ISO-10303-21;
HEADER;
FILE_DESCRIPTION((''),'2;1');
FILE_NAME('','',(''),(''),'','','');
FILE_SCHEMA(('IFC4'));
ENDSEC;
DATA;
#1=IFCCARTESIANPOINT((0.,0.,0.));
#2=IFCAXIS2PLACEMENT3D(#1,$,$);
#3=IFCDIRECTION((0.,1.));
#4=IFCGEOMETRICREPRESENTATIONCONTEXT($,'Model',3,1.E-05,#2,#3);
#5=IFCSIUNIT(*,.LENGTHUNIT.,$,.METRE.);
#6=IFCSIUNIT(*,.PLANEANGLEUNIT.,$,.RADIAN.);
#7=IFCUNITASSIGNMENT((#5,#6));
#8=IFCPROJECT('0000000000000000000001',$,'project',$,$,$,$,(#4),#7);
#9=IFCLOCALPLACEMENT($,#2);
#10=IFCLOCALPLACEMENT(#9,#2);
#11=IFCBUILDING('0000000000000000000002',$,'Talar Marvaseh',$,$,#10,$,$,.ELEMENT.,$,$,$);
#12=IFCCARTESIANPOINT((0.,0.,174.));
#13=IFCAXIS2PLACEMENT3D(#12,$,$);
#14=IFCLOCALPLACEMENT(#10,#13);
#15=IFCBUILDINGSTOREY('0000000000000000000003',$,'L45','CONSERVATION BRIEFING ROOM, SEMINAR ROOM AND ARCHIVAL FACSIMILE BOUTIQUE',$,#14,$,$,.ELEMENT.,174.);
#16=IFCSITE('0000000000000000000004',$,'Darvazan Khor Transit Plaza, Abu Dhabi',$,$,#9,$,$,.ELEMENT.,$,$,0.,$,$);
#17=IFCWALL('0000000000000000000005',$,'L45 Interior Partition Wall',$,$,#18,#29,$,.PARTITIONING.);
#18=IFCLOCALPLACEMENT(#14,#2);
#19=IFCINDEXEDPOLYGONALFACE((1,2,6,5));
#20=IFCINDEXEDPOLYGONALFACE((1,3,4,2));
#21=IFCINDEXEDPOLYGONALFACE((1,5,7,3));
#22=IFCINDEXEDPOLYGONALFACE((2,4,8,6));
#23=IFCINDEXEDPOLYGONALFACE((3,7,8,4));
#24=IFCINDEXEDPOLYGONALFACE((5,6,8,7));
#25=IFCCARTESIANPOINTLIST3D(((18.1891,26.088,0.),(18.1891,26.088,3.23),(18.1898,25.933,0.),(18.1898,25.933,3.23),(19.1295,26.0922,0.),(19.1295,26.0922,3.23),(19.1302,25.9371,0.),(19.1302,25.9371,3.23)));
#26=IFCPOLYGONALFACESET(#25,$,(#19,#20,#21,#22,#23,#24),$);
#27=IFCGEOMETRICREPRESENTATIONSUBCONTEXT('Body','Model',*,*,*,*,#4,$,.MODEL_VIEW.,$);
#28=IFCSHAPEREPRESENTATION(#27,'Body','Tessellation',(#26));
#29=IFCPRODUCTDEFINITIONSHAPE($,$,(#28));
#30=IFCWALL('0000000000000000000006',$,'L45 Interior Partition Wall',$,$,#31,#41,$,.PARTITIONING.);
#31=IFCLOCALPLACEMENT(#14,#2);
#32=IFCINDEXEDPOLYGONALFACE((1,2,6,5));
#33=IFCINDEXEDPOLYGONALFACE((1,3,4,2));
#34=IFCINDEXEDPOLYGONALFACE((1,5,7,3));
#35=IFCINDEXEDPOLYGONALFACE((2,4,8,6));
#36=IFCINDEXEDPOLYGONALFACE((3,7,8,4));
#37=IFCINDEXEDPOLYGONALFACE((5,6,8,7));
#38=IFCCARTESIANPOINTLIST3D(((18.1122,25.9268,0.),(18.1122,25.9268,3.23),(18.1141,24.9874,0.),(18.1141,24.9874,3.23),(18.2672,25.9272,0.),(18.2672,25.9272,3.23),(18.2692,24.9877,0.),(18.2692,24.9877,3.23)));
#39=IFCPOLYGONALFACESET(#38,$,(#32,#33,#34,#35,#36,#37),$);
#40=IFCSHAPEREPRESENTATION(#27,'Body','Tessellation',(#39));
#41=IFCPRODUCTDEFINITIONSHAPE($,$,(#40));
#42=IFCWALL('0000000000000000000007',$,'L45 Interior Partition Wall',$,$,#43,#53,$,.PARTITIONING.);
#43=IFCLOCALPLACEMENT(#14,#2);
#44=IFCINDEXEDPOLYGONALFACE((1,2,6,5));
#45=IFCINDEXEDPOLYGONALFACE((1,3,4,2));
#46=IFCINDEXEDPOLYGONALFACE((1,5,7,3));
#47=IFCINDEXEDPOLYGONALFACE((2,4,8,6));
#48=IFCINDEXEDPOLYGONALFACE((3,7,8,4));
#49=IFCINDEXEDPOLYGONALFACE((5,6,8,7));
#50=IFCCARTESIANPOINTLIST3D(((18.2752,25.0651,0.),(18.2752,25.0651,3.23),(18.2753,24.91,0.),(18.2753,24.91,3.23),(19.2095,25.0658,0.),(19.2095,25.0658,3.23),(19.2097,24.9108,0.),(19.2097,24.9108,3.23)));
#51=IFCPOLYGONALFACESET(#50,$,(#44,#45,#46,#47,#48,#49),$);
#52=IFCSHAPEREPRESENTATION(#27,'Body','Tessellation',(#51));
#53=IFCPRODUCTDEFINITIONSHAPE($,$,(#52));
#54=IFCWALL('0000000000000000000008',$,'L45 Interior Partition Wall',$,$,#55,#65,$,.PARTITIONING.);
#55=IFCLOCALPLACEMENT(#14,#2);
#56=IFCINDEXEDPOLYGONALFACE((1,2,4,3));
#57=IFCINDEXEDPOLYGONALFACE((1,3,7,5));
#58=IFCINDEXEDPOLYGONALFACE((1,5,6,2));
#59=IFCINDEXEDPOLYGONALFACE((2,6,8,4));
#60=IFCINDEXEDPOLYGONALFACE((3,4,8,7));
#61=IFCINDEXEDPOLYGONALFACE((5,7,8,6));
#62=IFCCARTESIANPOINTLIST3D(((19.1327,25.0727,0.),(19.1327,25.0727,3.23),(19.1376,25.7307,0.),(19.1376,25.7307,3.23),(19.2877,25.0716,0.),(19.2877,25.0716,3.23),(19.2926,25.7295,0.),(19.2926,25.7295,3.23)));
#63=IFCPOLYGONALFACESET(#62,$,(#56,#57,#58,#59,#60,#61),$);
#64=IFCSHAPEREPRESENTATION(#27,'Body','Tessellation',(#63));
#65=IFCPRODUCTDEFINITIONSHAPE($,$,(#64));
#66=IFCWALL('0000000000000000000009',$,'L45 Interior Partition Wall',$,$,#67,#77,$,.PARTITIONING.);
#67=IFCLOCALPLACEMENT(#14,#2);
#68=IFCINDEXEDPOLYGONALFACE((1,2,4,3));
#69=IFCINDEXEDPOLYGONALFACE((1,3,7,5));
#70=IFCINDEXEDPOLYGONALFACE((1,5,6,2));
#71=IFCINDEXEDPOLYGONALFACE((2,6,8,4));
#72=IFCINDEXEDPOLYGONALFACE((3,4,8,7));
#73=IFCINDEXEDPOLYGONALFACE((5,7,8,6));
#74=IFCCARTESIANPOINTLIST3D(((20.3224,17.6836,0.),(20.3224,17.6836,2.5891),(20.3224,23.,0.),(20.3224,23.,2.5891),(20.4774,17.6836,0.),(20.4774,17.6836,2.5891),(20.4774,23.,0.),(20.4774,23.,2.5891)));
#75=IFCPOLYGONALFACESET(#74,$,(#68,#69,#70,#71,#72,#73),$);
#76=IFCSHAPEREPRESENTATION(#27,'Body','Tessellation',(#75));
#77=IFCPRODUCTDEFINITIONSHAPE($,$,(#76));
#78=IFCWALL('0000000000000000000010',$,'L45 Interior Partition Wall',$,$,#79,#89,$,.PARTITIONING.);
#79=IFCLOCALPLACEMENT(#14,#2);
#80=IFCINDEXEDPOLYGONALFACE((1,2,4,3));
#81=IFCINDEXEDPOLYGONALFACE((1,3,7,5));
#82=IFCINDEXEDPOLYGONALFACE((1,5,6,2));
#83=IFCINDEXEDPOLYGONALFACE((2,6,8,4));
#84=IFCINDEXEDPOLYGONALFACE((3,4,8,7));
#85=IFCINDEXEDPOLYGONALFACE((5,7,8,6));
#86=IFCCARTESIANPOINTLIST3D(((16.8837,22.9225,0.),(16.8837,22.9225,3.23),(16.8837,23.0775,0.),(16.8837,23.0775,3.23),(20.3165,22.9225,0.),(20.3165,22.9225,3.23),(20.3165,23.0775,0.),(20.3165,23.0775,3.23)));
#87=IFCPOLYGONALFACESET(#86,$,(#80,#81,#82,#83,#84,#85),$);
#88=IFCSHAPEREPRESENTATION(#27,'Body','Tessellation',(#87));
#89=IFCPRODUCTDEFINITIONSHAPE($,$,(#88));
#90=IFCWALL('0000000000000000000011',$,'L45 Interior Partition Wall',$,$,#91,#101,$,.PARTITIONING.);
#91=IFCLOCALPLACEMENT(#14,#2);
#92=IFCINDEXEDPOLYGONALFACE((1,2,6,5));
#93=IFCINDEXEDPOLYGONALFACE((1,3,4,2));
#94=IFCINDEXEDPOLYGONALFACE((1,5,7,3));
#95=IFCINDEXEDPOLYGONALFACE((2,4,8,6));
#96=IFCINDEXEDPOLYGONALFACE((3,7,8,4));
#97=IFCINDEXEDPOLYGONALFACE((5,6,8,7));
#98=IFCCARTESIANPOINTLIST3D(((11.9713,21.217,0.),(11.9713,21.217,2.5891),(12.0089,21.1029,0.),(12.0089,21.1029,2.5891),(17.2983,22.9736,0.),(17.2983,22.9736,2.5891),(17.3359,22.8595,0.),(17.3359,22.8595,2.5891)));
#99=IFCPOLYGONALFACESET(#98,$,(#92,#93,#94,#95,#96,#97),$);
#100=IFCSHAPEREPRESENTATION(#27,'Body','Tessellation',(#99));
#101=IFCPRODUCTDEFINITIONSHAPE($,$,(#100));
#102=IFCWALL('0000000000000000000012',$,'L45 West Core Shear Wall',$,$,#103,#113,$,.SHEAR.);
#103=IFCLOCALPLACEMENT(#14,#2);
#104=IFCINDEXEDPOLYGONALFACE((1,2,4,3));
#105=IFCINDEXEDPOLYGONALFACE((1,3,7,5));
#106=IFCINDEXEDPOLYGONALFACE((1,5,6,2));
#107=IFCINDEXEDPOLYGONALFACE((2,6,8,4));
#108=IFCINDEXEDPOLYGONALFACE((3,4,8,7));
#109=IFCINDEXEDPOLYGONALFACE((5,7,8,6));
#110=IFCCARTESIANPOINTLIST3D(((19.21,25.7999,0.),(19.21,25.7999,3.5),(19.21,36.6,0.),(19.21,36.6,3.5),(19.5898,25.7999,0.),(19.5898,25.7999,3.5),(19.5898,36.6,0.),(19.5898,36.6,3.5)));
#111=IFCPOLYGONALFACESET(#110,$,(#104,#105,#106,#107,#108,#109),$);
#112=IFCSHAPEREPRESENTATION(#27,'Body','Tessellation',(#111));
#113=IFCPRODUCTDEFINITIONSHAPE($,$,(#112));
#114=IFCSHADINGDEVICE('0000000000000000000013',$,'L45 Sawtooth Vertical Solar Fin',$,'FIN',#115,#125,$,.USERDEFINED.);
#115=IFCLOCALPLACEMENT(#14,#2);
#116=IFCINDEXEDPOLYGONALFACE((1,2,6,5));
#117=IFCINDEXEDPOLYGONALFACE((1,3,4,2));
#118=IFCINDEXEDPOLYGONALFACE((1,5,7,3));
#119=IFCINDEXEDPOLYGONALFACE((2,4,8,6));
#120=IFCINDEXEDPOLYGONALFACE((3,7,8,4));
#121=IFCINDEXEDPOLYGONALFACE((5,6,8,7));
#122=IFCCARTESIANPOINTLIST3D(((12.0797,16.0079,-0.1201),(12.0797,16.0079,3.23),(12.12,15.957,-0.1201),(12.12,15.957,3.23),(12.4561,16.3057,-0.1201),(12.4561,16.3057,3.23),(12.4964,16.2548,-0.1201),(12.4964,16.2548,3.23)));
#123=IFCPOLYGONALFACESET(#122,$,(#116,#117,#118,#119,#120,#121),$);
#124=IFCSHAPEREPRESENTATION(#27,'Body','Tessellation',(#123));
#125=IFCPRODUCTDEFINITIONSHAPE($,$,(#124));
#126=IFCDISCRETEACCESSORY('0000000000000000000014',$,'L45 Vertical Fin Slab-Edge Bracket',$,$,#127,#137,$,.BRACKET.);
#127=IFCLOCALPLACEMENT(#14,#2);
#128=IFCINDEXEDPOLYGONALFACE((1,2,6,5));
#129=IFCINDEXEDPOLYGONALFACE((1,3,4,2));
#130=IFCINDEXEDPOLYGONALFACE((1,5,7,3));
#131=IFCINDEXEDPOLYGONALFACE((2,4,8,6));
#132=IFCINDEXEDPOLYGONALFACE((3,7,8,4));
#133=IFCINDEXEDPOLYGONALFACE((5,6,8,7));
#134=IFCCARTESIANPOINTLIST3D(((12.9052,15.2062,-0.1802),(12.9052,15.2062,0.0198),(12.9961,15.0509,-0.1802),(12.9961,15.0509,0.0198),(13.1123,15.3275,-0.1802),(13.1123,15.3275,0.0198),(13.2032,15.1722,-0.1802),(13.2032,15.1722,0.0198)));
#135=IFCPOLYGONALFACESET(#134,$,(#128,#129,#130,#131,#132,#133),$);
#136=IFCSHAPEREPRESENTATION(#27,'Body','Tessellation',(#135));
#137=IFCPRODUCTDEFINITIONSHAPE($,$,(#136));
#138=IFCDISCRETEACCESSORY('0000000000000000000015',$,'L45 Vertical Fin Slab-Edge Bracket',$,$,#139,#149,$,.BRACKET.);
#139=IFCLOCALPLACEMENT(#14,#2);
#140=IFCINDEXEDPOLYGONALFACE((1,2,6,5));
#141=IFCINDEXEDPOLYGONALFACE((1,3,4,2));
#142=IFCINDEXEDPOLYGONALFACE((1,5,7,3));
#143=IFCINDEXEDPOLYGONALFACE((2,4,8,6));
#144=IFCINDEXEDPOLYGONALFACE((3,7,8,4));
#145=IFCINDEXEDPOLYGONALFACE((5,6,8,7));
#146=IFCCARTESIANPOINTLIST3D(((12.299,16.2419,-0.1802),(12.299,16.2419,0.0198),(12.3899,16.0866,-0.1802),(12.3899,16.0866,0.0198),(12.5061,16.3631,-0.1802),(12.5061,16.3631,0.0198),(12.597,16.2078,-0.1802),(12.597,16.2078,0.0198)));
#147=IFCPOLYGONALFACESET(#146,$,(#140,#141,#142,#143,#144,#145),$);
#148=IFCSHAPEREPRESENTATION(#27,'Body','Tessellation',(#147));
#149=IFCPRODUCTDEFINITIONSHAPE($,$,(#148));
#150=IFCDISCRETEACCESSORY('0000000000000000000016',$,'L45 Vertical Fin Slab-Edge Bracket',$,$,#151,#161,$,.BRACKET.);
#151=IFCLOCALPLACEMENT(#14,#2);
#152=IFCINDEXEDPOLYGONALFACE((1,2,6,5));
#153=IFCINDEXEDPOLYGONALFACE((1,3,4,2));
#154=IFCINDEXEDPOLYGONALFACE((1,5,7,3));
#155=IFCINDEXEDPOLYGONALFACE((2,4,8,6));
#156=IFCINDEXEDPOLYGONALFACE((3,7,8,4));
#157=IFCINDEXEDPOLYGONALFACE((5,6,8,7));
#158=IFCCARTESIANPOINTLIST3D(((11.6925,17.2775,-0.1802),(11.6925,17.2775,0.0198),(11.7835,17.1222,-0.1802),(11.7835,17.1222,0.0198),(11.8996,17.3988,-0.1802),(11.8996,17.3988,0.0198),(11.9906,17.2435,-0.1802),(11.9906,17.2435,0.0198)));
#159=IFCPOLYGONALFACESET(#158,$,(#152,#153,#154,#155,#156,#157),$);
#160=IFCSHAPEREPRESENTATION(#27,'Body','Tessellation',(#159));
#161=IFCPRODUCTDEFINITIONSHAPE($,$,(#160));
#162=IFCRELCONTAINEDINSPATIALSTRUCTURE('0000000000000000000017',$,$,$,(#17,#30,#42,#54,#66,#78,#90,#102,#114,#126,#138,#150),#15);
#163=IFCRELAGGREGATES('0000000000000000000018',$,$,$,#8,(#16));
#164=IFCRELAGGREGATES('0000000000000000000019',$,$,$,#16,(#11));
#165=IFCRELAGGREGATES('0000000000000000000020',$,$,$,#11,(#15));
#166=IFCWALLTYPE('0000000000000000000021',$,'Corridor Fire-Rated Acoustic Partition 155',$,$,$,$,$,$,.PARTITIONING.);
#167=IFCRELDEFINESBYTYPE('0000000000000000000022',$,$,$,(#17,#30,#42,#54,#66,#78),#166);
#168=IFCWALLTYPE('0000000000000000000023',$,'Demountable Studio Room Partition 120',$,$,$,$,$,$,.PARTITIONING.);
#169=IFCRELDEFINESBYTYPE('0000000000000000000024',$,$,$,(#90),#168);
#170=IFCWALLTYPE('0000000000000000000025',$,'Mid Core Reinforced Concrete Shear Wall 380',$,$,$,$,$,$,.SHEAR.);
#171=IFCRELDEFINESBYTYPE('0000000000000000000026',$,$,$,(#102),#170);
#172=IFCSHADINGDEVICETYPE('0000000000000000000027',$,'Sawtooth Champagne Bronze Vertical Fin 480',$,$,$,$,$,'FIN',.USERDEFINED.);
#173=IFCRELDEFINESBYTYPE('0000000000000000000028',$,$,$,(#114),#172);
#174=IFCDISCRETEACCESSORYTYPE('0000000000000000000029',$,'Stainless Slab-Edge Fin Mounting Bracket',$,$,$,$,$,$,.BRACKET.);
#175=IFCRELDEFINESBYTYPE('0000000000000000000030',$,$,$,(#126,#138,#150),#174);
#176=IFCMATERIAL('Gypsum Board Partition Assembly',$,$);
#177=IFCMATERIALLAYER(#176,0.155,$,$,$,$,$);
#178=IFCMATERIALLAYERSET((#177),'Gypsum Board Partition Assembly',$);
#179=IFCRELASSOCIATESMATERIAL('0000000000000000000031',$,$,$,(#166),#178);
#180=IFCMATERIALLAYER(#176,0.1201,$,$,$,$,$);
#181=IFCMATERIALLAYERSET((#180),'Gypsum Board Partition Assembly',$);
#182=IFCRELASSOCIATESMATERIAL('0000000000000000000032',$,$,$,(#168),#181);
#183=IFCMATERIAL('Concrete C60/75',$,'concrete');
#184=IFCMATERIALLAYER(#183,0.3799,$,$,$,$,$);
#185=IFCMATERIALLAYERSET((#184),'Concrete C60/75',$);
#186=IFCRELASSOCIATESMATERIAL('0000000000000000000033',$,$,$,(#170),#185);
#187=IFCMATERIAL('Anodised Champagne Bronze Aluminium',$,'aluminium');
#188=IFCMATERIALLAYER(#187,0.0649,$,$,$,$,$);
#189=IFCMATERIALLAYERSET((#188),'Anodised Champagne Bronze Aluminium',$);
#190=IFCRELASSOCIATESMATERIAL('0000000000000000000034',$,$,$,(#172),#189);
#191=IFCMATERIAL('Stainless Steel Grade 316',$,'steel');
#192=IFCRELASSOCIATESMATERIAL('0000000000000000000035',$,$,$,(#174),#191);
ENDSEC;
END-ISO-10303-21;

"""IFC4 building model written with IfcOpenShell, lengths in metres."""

from ifc_helpers import new_model, si_unit, direction, frame, frame_2d, origin, origin_2d, place, context, subcontext, project, spatial, rectangle, extrude, source, transform, mapped, material, layer, layer_set, type_object, type_shapes, element, save


model = new_model("IFC4")

# Units and contexts
model_context = context("Model", 3, precision=1e-05, world=origin(), true_north=direction((0.0, 1.0)))
body_context = subcontext(model_context, "Body", "Model", "MODEL_VIEW")
ifc_project = project(units=[si_unit("LENGTHUNIT", "METRE"), si_unit("PLANEANGLEUNIT", "RADIAN")], contexts=[model_context])

# Site, building, storey
site_placement = place(None, origin())
site = spatial("IfcSite", under=ifc_project, at=site_placement, Name="Darvazan Khor Transit Plaza, Abu Dhabi", CompositionType="ELEMENT", RefElevation=0.0)
building_placement = place(site_placement, origin())
building = spatial("IfcBuilding", under=site, at=building_placement, Name="Talar Marvaseh", CompositionType="ELEMENT")
storey_placement = place(building_placement, frame((0.0, 0.0, 174.0)))
storey = spatial("IfcBuildingStorey", under=building, at=storey_placement, Name="L45", Description="CONSERVATION BRIEFING ROOM, SEMINAR ROOM AND ARCHIVAL FACSIMILE BOUTIQUE", CompositionType="ELEMENT", Elevation=174.0)

# Shared definitions
ifc_material_1 = material(Name="Concrete C60/75", Category="concrete")

# Shared definitions
ifc_material_2 = material(Name="Gypsum Board Partition Assembly")
ifc_layer_1 = layer(ifc_material_2, 0.155)
ifc_layer_set_1 = layer_set([ifc_layer_1], Name="Gypsum Board Partition Assembly")
wall_type_1 = type_object("IfcWallType", Name="Corridor Fire-Rated Acoustic Partition 155", PredefinedType="PARTITIONING", material=ifc_layer_set_1)

# Walls
wall_1_placement = place(storey_placement, frame((19.1299, 26.0146, 0.0), z_axis=(0.0, 0.0, 1.0), x_axis=(-0.99999, -0.004413, 0.0)))
element("IfcWall", 1, at=wall_1_placement, inside=storey, type_object=wall_type_1, Name="L45 Interior Partition Wall", PredefinedType="PARTITIONING", context=body_context, shape_type="SweptSolid", body=[
    extrude(rectangle(XDim=0.9404, YDim=0.155, at=frame_2d((0.4702, 0.0))), origin(), (0.0, 0.0, 1.0), 3.23),
])
wall_2_placement = place(storey_placement, frame((18.1897, 25.927, 0.0), z_axis=(0.0, 0.0, 1.0), x_axis=(0.002079, -0.999998, 0.0)))
element("IfcWall", 2, at=wall_2_placement, inside=storey, type_object=wall_type_1, Name="L45 Interior Partition Wall", PredefinedType="PARTITIONING", context=body_context, shape_type="SweptSolid", body=[
    extrude(rectangle(XDim=0.9395, YDim=0.155, at=frame_2d((0.4697, 0.0))), origin(), (0.0, 0.0, 1.0), 3.23),
])
wall_3_placement = place(storey_placement, frame((18.2751, 24.9875, 0.0), z_axis=(0.0, 0.0, 1.0), x_axis=(1.0, 0.000784, 0.0)))
element("IfcWall", 3, at=wall_3_placement, inside=storey, type_object=wall_type_1, Name="L45 Interior Partition Wall", PredefinedType="PARTITIONING", context=body_context, shape_type="SweptSolid", body=[
    extrude(rectangle(XDim=0.9343, YDim=0.155, at=frame_2d((0.4673, 0.0))), origin(), (0.0, 0.0, 1.0), 3.23),
])
wall_4_placement = place(storey_placement, frame((19.2102, 25.072, 0.0), z_axis=(0.0, 0.0, 1.0), x_axis=(0.007421, 0.999972, 0.0)))
element("IfcWall", 4, at=wall_4_placement, inside=storey, type_object=wall_type_1, Name="L45 Interior Partition Wall", PredefinedType="PARTITIONING", context=body_context, shape_type="SweptSolid", body=[
    extrude(rectangle(XDim=0.658, YDim=0.155, at=frame_2d((0.3291, 0.0))), origin(), (0.0, 0.0, 1.0), 3.23),
])
wall_5_placement = place(storey_placement, frame((20.3999, 17.6836, 0.0), z_axis=(0.0, 0.0, 1.0), x_axis=(0.0, 1.0, 0.0)))
element("IfcWall", 5, at=wall_5_placement, inside=storey, type_object=wall_type_1, Name="L45 Interior Partition Wall", PredefinedType="PARTITIONING", context=body_context, shape_type="SweptSolid", body=[
    extrude(rectangle(XDim=5.3164, YDim=0.155, at=frame_2d((2.6582, 0.0))), origin(), (0.0, 0.0, 1.0), 2.5891),
])
wall_6_placement = place(storey_placement, frame((20.3164, 23.0, 0.0), z_axis=(0.0, 0.0, 1.0), x_axis=(-1.0, 0.0, 0.0)))
element("IfcWall", 6, at=wall_6_placement, inside=storey, type_object=wall_type_1, Name="L45 Interior Partition Wall", PredefinedType="PARTITIONING", context=body_context, shape_type="SweptSolid", body=[
    extrude(rectangle(XDim=3.4329, YDim=0.155, at=frame_2d((1.7163, 0.0))), origin(), (0.0, 0.0, 1.0), 3.23),
])
ifc_layer_2 = layer(ifc_material_2, 0.1201)
ifc_layer_set_2 = layer_set([ifc_layer_2], Name="Gypsum Board Partition Assembly")
wall_type_2 = type_object("IfcWallType", Name="Demountable Studio Room Partition 120", PredefinedType="PARTITIONING", material=ifc_layer_set_2)
wall_7_placement = place(storey_placement, frame((11.99, 21.1599, 0.0), z_axis=(0.0, 0.0, 1.0), x_axis=(0.949697, 0.313171, 0.0)))
element("IfcWall", 7, at=wall_7_placement, inside=storey, type_object=wall_type_2, Name="L45 Interior Partition Wall", PredefinedType="PARTITIONING", context=body_context, shape_type="SweptSolid", body=[
    extrude(rectangle(XDim=5.6091, YDim=0.1201, at=frame_2d((2.8047, 0.0))), origin(), (0.0, 0.0, 1.0), 2.5891),
])
ifc_layer_3 = layer(ifc_material_1, 0.3799)
ifc_layer_set_3 = layer_set([ifc_layer_3], Name="Concrete C60/75")
wall_type_3 = type_object("IfcWallType", Name="Mid Core Reinforced Concrete Shear Wall 380", PredefinedType="SHEAR", material=ifc_layer_set_3)
wall_8_placement = place(storey_placement, frame((19.3999, 25.8, 0.0), z_axis=(0.0, 0.0, 1.0), x_axis=(0.0, 1.0, 0.0)))
element("IfcWall", 8, at=wall_8_placement, inside=storey, type_object=wall_type_3, Name="L45 West Core Shear Wall", PredefinedType="SHEAR", context=body_context, shape_type="SweptSolid", body=[
    extrude(rectangle(XDim=10.8, YDim=0.3799, at=frame_2d((5.3999, 0.0))), origin(), (0.0, 0.0, 1.0), 3.5),
])

# Shading device
ifc_material_3 = material(Name="Anodised Champagne Bronze Aluminium", Category="aluminium")
ifc_layer_4 = layer(ifc_material_3, 0.0649)
ifc_layer_set_4 = layer_set([ifc_layer_4], Name="Anodised Champagne Bronze Aluminium")
shading_device_type = type_object("IfcShadingDeviceType", Name="Sawtooth Champagne Bronze Vertical Fin 480", ElementType="FIN", PredefinedType="USERDEFINED", material=ifc_layer_set_4)
shared_shape_1 = source(origin(), body_context, "Body", "SweptSolid", [
    extrude(rectangle(XDim=0.48, YDim=0.0649, at=origin_2d()), origin(), (0.0, 0.0, 1.0), 3.3501),
])
type_shapes(shading_device_type, [shared_shape_1])
shading_device_placement = place(storey_placement, frame((12.2881, 16.1313, -0.1201), z_axis=(0.0, 0.0, 1.0), x_axis=(-0.784235, -0.620464, 0.0)))
element("IfcShadingDevice", 9, at=shading_device_placement, inside=storey, type_object=shading_device_type, Name="L45 Sawtooth Vertical Solar Fin", ObjectType="FIN", PredefinedType="USERDEFINED", context=body_context, shape_type="MappedRepresentation", body=[
    mapped(shared_shape_1, transform((0.0, 0.0, 0.0), x_axis=(1.0, 0.0, 0.0), y_axis=(0.0, 1.0, 0.0), z_axis=(0.0, 0.0, 1.0), scale=1.0)),
])

# Discrete accessories
ifc_material_4 = material(Name="Stainless Steel Grade 316", Category="steel")
discrete_accessory_type = type_object("IfcDiscreteAccessoryType", Name="Stainless Slab-Edge Fin Mounting Bracket", PredefinedType="BRACKET", material=ifc_material_4)
shared_shape_2 = source(origin(), body_context, "Body", "SweptSolid", [
    extrude(rectangle(XDim=0.24, YDim=0.1799, at=origin_2d()), origin(), (0.0, 0.0, 1.0), 0.2),
])
type_shapes(discrete_accessory_type, [shared_shape_2])
for number, where, z_axis, x_axis, name in (
    (10, (13.0542, 15.1892, -0.1802), (0.0, 0.0, 1.0), (-0.862955, -0.505281, 0.0), "L45 Vertical Fin Slab-Edge Bracket"),
    (11, (12.448, 16.2249, -0.1802), (0.0, 0.0, 1.0), (-0.862955, -0.505281, 0.0), "L45 Vertical Fin Slab-Edge Bracket"),
    (12, (11.8416, 17.2605, -0.1802), (0.0, 0.0, 1.0), (-0.862955, -0.505281, 0.0), "L45 Vertical Fin Slab-Edge Bracket"),
):
    element("IfcDiscreteAccessory", number, at=place(storey_placement, frame(where, z_axis=z_axis, x_axis=x_axis)), inside=storey, type_object=discrete_accessory_type, Name=name, PredefinedType="BRACKET", context=body_context, shape_type="MappedRepresentation", body=[
        mapped(shared_shape_2, transform((0.0, 0.0, 0.0), x_axis=(1.0, 0.0, 0.0), y_axis=(0.0, 1.0, 0.0), z_axis=(0.0, 0.0, 1.0), scale=1.0)),
    ])

save(model, "model.ifc")
